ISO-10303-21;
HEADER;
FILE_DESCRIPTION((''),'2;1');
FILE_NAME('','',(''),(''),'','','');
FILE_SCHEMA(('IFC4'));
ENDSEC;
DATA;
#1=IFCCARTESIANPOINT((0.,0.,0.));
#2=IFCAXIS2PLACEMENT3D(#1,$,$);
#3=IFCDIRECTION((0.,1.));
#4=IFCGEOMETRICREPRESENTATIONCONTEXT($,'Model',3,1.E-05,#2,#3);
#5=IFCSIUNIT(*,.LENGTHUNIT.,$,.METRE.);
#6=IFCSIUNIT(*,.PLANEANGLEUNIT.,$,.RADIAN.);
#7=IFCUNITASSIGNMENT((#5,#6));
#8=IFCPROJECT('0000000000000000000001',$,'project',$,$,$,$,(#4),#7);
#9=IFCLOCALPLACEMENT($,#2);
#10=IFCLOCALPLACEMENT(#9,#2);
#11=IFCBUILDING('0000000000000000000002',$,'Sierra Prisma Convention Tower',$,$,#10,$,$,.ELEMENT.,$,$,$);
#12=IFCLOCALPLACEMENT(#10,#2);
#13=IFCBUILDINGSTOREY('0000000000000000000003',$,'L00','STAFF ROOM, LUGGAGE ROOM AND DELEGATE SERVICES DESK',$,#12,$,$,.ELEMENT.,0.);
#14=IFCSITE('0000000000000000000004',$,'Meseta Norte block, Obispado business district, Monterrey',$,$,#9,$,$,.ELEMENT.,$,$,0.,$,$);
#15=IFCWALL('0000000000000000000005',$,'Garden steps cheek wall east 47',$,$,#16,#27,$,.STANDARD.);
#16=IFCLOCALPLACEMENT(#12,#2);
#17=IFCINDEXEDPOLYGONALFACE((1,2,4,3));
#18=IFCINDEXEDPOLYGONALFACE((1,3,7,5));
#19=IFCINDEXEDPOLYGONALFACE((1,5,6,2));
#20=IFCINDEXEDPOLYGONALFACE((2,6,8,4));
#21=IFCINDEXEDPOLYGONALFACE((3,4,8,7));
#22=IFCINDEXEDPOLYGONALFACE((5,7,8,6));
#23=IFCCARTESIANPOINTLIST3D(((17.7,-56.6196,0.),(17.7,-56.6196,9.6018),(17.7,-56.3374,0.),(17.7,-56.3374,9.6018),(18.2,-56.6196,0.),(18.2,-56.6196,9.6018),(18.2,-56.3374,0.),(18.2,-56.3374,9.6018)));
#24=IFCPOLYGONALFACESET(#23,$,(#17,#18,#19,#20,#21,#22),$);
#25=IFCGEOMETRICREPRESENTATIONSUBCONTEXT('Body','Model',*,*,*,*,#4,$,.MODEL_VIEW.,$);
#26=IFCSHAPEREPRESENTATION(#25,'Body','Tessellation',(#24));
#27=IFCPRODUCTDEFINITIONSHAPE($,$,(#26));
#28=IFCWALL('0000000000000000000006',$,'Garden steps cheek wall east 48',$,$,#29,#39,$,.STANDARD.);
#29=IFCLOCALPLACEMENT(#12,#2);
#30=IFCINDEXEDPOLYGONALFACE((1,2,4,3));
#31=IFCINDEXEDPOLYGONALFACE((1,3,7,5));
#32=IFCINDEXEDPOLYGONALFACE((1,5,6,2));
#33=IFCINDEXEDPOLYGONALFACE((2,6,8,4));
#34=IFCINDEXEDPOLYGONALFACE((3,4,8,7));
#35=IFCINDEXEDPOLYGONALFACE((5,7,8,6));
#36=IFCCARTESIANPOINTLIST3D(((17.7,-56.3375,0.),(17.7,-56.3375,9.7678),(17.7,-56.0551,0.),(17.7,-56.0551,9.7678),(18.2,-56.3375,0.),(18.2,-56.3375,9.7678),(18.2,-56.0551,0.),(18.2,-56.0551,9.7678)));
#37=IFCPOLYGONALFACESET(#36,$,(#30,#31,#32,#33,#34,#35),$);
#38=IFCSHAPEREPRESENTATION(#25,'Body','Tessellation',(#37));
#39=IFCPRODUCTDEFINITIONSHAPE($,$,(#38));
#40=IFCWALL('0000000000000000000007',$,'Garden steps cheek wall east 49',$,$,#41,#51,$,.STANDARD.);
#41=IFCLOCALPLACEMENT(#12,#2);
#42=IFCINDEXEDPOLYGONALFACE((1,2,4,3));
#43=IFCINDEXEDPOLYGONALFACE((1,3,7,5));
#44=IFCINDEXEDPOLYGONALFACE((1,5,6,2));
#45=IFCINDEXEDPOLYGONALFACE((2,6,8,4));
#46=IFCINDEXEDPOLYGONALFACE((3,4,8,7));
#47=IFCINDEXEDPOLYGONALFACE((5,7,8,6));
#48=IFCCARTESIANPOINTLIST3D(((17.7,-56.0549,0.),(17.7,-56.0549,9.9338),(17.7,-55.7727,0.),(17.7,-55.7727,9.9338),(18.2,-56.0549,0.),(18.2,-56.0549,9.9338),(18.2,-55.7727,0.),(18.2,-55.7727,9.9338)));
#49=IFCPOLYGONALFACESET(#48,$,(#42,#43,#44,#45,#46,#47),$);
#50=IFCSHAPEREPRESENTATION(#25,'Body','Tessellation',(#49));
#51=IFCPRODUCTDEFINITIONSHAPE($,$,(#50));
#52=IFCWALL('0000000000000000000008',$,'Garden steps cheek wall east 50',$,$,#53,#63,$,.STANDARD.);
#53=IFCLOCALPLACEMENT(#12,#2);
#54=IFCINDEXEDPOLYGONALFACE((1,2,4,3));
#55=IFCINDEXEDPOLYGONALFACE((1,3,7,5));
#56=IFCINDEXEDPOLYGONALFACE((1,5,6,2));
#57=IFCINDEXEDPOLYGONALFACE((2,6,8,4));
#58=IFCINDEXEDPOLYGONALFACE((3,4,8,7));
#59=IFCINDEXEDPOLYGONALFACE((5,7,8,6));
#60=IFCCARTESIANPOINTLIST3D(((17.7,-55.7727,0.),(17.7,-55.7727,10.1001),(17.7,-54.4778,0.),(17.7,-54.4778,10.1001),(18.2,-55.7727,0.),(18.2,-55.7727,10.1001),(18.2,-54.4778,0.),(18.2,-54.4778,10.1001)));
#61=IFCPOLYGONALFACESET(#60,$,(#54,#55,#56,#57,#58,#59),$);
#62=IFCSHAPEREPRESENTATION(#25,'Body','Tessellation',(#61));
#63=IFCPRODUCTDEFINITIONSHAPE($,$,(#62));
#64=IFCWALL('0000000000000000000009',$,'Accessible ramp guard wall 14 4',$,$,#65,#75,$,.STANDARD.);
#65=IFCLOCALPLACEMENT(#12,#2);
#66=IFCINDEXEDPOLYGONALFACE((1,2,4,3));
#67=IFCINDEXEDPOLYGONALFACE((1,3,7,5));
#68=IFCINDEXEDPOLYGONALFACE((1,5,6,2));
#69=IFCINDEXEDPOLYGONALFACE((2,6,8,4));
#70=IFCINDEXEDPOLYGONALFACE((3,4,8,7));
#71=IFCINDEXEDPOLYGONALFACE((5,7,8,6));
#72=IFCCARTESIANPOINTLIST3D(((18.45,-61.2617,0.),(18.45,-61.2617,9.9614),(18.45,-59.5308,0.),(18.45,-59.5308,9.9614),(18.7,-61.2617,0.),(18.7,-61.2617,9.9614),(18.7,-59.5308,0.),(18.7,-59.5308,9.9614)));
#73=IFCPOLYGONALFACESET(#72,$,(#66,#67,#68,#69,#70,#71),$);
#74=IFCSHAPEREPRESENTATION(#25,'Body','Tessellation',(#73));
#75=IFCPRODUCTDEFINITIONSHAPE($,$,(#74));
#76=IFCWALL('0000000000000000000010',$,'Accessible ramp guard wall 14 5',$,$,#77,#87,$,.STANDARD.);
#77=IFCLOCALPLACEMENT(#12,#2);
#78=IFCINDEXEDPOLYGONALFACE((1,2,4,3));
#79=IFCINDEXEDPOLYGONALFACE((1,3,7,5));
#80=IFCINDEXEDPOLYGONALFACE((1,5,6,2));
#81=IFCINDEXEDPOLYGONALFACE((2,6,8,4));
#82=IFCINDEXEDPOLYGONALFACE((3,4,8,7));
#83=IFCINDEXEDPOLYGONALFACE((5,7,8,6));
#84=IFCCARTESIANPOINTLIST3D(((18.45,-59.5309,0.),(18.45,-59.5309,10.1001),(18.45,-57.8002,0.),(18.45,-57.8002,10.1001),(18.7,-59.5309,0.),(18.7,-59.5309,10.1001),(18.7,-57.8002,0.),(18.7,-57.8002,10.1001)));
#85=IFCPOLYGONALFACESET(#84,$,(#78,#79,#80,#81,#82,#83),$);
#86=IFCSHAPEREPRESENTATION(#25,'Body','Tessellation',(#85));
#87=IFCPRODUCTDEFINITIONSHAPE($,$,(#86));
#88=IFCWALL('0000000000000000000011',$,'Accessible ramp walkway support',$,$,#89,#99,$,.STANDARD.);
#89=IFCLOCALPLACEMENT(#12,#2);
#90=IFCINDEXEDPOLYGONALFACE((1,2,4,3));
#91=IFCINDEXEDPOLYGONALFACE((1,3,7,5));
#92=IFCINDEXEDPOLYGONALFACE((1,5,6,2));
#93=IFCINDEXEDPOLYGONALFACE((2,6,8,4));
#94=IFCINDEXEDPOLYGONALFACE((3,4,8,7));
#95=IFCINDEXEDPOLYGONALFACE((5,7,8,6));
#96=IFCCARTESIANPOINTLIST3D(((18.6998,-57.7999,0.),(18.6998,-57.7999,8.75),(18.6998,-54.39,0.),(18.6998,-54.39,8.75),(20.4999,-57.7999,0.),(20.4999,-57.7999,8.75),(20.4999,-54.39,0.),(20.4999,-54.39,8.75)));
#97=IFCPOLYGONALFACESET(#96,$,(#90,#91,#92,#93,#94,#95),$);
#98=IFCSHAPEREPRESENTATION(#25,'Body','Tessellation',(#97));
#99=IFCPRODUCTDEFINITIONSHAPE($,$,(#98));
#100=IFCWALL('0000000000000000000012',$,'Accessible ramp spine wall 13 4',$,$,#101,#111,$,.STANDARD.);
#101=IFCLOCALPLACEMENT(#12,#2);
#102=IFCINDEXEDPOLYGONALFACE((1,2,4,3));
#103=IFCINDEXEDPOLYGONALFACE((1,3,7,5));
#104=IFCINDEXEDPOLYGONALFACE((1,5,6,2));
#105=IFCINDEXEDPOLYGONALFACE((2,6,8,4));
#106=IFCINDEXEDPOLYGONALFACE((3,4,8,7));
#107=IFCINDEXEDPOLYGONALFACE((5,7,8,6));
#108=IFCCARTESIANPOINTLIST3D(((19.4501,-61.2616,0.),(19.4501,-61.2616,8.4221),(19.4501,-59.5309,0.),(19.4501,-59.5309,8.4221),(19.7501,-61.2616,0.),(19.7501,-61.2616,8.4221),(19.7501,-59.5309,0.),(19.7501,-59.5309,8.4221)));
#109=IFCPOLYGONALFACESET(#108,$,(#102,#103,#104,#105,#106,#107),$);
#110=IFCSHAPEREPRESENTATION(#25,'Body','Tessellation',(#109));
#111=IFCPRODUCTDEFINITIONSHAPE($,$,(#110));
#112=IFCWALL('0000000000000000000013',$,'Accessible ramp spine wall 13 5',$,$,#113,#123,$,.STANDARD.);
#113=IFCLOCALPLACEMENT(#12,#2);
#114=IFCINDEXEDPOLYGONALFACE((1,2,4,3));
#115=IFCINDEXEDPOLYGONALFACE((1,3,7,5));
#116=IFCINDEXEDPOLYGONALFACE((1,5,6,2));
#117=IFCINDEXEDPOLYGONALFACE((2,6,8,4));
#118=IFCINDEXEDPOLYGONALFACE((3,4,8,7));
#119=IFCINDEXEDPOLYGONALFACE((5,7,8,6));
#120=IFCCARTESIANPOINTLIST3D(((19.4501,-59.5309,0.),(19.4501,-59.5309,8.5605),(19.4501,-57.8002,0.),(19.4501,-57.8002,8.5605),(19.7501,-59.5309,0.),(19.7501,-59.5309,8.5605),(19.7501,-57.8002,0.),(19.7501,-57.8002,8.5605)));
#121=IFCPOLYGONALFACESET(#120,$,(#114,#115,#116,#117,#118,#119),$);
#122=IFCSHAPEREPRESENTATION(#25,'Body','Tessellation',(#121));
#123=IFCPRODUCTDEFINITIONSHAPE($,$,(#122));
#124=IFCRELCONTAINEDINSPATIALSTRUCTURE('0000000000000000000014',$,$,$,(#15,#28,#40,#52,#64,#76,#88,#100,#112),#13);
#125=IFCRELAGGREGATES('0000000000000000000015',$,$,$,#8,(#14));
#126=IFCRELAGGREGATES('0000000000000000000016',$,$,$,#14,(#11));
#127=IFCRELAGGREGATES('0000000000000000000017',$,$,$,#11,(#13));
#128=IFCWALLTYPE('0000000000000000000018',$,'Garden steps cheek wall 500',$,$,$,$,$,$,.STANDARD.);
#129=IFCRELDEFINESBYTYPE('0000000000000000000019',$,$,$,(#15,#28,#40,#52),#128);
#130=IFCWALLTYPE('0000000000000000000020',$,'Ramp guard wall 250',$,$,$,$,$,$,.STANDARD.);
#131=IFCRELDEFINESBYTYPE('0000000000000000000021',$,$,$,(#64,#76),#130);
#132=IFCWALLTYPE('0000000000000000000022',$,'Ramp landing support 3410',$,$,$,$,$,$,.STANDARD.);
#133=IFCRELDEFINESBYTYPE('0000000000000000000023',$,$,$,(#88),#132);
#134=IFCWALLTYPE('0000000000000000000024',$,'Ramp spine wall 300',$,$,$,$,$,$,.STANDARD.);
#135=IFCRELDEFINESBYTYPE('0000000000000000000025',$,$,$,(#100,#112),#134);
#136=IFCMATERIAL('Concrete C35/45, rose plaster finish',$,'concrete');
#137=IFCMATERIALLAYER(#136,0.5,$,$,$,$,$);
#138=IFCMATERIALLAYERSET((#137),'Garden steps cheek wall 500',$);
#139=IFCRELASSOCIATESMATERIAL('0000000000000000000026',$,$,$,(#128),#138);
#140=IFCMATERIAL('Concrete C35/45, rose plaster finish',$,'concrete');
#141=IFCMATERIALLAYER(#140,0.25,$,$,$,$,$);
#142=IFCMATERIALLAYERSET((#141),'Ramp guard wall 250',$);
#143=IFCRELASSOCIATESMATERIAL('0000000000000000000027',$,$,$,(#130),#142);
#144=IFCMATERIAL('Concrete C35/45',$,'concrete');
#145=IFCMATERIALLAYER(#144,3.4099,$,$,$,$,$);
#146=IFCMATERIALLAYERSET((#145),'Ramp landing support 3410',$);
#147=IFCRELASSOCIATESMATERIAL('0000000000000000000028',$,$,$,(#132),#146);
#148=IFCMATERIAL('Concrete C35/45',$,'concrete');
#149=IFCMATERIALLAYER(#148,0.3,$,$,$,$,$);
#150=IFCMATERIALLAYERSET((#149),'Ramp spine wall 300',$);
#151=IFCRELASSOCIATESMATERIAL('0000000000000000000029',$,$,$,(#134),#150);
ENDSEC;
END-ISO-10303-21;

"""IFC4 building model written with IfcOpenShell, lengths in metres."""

from ifc_helpers import new_model, si_unit, direction, frame, frame_2d, origin, place, context, subcontext, project, spatial, rectangle, extrude, material, layer, layer_set, type_object, element, save


model = new_model("IFC4")

# Units and contexts
model_context = context("Model", 3, precision=1e-05, world=origin(), true_north=direction((0.0, 1.0)))
body_context = subcontext(model_context, "Body", "Model", "MODEL_VIEW")
ifc_project = project(units=[si_unit("LENGTHUNIT", "METRE"), si_unit("PLANEANGLEUNIT", "RADIAN")], contexts=[model_context])

# Site, building, storey
site_placement = place(None, origin())
site = spatial("IfcSite", under=ifc_project, at=site_placement, Name="Meseta Norte block, Obispado business district, Monterrey", CompositionType="ELEMENT", RefElevation=0.0)
building_placement = place(site_placement, origin())
building = spatial("IfcBuilding", under=site, at=building_placement, Name="Sierra Prisma Convention Tower", CompositionType="ELEMENT")
storey_placement = place(building_placement, origin())
storey = spatial("IfcBuildingStorey", under=building, at=storey_placement, Name="L00", Description="STAFF ROOM, LUGGAGE ROOM AND DELEGATE SERVICES DESK", CompositionType="ELEMENT", Elevation=0.0)

# Walls
ifc_material_1 = material(Name="Concrete C35/45, rose plaster finish", Category="concrete")
ifc_layer_1 = layer(ifc_material_1, 0.5)
ifc_layer_set_1 = layer_set([ifc_layer_1], Name="Garden steps cheek wall 500")
wall_type_1 = type_object("IfcWallType", Name="Garden steps cheek wall 500", PredefinedType="STANDARD", material=ifc_layer_set_1)
wall_1_placement = place(storey_placement, frame((17.95, -56.6196, 0.0), z_axis=(0.0, 0.0, 1.0), x_axis=(0.0, 1.0, 0.0)))
element("IfcWall", 1, at=wall_1_placement, inside=storey, type_object=wall_type_1, Name="Garden steps cheek wall east 47", PredefinedType="STANDARD", context=body_context, shape_type="SweptSolid", body=[
    extrude(rectangle(XDim=0.2822, YDim=0.5, at=frame_2d((0.1411, 0.0))), origin(), (0.0, 0.0, 1.0), 9.6018),
])
wall_2_placement = place(storey_placement, frame((17.95, -56.3374, 0.0), z_axis=(0.0, 0.0, 1.0), x_axis=(0.0, 1.0, 0.0)))
element("IfcWall", 2, at=wall_2_placement, inside=storey, type_object=wall_type_1, Name="Garden steps cheek wall east 48", PredefinedType="STANDARD", context=body_context, shape_type="SweptSolid", body=[
    extrude(rectangle(XDim=0.2825, YDim=0.5, at=frame_2d((0.1411, 0.0))), origin(), (0.0, 0.0, 1.0), 9.7678),
])
wall_3_placement = place(storey_placement, frame((17.95, -56.0549, 0.0), z_axis=(0.0, 0.0, 1.0), x_axis=(0.0, 1.0, 0.0)))
element("IfcWall", 3, at=wall_3_placement, inside=storey, type_object=wall_type_1, Name="Garden steps cheek wall east 49", PredefinedType="STANDARD", context=body_context, shape_type="SweptSolid", body=[
    extrude(rectangle(XDim=0.2822, YDim=0.5, at=frame_2d((0.1411, 0.0))), origin(), (0.0, 0.0, 1.0), 9.9338),
])
wall_4_placement = place(storey_placement, frame((17.95, -55.7727, 0.0), z_axis=(0.0, 0.0, 1.0), x_axis=(0.0, 1.0, 0.0)))
element("IfcWall", 4, at=wall_4_placement, inside=storey, type_object=wall_type_1, Name="Garden steps cheek wall east 50", PredefinedType="STANDARD", context=body_context, shape_type="SweptSolid", body=[
    extrude(rectangle(XDim=1.2949, YDim=0.5, at=frame_2d((0.6475, 0.0))), origin(), (0.0, 0.0, 1.0), 10.1001),
])
ifc_material_2 = material(Name="Concrete C35/45, rose plaster finish", Category="concrete")
ifc_layer_2 = layer(ifc_material_2, 0.25)
ifc_layer_set_2 = layer_set([ifc_layer_2], Name="Ramp guard wall 250")
wall_type_2 = type_object("IfcWallType", Name="Ramp guard wall 250", PredefinedType="STANDARD", material=ifc_layer_set_2)
wall_5_placement = place(storey_placement, frame((18.575, -61.2617, 0.0), z_axis=(0.0, 0.0, 1.0), x_axis=(0.0, 1.0, 0.0)))
element("IfcWall", 5, at=wall_5_placement, inside=storey, type_object=wall_type_2, Name="Accessible ramp guard wall 14 4", PredefinedType="STANDARD", context=body_context, shape_type="SweptSolid", body=[
    extrude(rectangle(XDim=1.731, YDim=0.25, at=frame_2d((0.8655, 0.0))), origin(), (0.0, 0.0, 1.0), 9.9614),
])
wall_6_placement = place(storey_placement, frame((18.575, -59.5308, 0.0), z_axis=(0.0, 0.0, 1.0), x_axis=(0.0, 1.0, 0.0)))
element("IfcWall", 6, at=wall_6_placement, inside=storey, type_object=wall_type_2, Name="Accessible ramp guard wall 14 5", PredefinedType="STANDARD", context=body_context, shape_type="SweptSolid", body=[
    extrude(rectangle(XDim=1.7307, YDim=0.25, at=frame_2d((0.8652, 0.0))), origin(), (0.0, 0.0, 1.0), 10.1001),
])
ifc_material_3 = material(Name="Concrete C35/45", Category="concrete")
ifc_layer_3 = layer(ifc_material_3, 3.4099)
ifc_layer_set_3 = layer_set([ifc_layer_3], Name="Ramp landing support 3410")
wall_type_3 = type_object("IfcWallType", Name="Ramp landing support 3410", PredefinedType="STANDARD", material=ifc_layer_set_3)
wall_7_placement = place(storey_placement, frame((18.7, -56.095, 0.0), z_axis=(0.0, 0.0, 1.0), x_axis=(1.0, 0.0, 0.0)))
element("IfcWall", 7, at=wall_7_placement, inside=storey, type_object=wall_type_3, Name="Accessible ramp walkway support", PredefinedType="STANDARD", context=body_context, shape_type="SweptSolid", body=[
    extrude(rectangle(XDim=1.8, YDim=3.4099, at=frame_2d((0.8999, 0.0))), origin(), (0.0, 0.0, 1.0), 8.75),
])
ifc_material_4 = material(Name="Concrete C35/45", Category="concrete")
ifc_layer_4 = layer(ifc_material_4, 0.3)
ifc_layer_set_4 = layer_set([ifc_layer_4], Name="Ramp spine wall 300")
wall_type_4 = type_object("IfcWallType", Name="Ramp spine wall 300", PredefinedType="STANDARD", material=ifc_layer_set_4)
wall_8_placement = place(storey_placement, frame((19.6001, -61.2615, 0.0), z_axis=(0.0, 0.0, 1.0), x_axis=(0.0, 1.0, 0.0)))
element("IfcWall", 8, at=wall_8_placement, inside=storey, type_object=wall_type_4, Name="Accessible ramp spine wall 13 4", PredefinedType="STANDARD", context=body_context, shape_type="SweptSolid", body=[
    extrude(rectangle(XDim=1.7307, YDim=0.3, at=frame_2d((0.8652, 0.0))), origin(), (0.0, 0.0, 1.0), 8.4221),
])
wall_9_placement = place(storey_placement, frame((19.6001, -59.5308, 0.0), z_axis=(0.0, 0.0, 1.0), x_axis=(0.0, 1.0, 0.0)))
element("IfcWall", 9, at=wall_9_placement, inside=storey, type_object=wall_type_4, Name="Accessible ramp spine wall 13 5", PredefinedType="STANDARD", context=body_context, shape_type="SweptSolid", body=[
    extrude(rectangle(XDim=1.7307, YDim=0.3, at=frame_2d((0.8652, 0.0))), origin(), (0.0, 0.0, 1.0), 8.5605),
])

save(model, "model.ifc")
